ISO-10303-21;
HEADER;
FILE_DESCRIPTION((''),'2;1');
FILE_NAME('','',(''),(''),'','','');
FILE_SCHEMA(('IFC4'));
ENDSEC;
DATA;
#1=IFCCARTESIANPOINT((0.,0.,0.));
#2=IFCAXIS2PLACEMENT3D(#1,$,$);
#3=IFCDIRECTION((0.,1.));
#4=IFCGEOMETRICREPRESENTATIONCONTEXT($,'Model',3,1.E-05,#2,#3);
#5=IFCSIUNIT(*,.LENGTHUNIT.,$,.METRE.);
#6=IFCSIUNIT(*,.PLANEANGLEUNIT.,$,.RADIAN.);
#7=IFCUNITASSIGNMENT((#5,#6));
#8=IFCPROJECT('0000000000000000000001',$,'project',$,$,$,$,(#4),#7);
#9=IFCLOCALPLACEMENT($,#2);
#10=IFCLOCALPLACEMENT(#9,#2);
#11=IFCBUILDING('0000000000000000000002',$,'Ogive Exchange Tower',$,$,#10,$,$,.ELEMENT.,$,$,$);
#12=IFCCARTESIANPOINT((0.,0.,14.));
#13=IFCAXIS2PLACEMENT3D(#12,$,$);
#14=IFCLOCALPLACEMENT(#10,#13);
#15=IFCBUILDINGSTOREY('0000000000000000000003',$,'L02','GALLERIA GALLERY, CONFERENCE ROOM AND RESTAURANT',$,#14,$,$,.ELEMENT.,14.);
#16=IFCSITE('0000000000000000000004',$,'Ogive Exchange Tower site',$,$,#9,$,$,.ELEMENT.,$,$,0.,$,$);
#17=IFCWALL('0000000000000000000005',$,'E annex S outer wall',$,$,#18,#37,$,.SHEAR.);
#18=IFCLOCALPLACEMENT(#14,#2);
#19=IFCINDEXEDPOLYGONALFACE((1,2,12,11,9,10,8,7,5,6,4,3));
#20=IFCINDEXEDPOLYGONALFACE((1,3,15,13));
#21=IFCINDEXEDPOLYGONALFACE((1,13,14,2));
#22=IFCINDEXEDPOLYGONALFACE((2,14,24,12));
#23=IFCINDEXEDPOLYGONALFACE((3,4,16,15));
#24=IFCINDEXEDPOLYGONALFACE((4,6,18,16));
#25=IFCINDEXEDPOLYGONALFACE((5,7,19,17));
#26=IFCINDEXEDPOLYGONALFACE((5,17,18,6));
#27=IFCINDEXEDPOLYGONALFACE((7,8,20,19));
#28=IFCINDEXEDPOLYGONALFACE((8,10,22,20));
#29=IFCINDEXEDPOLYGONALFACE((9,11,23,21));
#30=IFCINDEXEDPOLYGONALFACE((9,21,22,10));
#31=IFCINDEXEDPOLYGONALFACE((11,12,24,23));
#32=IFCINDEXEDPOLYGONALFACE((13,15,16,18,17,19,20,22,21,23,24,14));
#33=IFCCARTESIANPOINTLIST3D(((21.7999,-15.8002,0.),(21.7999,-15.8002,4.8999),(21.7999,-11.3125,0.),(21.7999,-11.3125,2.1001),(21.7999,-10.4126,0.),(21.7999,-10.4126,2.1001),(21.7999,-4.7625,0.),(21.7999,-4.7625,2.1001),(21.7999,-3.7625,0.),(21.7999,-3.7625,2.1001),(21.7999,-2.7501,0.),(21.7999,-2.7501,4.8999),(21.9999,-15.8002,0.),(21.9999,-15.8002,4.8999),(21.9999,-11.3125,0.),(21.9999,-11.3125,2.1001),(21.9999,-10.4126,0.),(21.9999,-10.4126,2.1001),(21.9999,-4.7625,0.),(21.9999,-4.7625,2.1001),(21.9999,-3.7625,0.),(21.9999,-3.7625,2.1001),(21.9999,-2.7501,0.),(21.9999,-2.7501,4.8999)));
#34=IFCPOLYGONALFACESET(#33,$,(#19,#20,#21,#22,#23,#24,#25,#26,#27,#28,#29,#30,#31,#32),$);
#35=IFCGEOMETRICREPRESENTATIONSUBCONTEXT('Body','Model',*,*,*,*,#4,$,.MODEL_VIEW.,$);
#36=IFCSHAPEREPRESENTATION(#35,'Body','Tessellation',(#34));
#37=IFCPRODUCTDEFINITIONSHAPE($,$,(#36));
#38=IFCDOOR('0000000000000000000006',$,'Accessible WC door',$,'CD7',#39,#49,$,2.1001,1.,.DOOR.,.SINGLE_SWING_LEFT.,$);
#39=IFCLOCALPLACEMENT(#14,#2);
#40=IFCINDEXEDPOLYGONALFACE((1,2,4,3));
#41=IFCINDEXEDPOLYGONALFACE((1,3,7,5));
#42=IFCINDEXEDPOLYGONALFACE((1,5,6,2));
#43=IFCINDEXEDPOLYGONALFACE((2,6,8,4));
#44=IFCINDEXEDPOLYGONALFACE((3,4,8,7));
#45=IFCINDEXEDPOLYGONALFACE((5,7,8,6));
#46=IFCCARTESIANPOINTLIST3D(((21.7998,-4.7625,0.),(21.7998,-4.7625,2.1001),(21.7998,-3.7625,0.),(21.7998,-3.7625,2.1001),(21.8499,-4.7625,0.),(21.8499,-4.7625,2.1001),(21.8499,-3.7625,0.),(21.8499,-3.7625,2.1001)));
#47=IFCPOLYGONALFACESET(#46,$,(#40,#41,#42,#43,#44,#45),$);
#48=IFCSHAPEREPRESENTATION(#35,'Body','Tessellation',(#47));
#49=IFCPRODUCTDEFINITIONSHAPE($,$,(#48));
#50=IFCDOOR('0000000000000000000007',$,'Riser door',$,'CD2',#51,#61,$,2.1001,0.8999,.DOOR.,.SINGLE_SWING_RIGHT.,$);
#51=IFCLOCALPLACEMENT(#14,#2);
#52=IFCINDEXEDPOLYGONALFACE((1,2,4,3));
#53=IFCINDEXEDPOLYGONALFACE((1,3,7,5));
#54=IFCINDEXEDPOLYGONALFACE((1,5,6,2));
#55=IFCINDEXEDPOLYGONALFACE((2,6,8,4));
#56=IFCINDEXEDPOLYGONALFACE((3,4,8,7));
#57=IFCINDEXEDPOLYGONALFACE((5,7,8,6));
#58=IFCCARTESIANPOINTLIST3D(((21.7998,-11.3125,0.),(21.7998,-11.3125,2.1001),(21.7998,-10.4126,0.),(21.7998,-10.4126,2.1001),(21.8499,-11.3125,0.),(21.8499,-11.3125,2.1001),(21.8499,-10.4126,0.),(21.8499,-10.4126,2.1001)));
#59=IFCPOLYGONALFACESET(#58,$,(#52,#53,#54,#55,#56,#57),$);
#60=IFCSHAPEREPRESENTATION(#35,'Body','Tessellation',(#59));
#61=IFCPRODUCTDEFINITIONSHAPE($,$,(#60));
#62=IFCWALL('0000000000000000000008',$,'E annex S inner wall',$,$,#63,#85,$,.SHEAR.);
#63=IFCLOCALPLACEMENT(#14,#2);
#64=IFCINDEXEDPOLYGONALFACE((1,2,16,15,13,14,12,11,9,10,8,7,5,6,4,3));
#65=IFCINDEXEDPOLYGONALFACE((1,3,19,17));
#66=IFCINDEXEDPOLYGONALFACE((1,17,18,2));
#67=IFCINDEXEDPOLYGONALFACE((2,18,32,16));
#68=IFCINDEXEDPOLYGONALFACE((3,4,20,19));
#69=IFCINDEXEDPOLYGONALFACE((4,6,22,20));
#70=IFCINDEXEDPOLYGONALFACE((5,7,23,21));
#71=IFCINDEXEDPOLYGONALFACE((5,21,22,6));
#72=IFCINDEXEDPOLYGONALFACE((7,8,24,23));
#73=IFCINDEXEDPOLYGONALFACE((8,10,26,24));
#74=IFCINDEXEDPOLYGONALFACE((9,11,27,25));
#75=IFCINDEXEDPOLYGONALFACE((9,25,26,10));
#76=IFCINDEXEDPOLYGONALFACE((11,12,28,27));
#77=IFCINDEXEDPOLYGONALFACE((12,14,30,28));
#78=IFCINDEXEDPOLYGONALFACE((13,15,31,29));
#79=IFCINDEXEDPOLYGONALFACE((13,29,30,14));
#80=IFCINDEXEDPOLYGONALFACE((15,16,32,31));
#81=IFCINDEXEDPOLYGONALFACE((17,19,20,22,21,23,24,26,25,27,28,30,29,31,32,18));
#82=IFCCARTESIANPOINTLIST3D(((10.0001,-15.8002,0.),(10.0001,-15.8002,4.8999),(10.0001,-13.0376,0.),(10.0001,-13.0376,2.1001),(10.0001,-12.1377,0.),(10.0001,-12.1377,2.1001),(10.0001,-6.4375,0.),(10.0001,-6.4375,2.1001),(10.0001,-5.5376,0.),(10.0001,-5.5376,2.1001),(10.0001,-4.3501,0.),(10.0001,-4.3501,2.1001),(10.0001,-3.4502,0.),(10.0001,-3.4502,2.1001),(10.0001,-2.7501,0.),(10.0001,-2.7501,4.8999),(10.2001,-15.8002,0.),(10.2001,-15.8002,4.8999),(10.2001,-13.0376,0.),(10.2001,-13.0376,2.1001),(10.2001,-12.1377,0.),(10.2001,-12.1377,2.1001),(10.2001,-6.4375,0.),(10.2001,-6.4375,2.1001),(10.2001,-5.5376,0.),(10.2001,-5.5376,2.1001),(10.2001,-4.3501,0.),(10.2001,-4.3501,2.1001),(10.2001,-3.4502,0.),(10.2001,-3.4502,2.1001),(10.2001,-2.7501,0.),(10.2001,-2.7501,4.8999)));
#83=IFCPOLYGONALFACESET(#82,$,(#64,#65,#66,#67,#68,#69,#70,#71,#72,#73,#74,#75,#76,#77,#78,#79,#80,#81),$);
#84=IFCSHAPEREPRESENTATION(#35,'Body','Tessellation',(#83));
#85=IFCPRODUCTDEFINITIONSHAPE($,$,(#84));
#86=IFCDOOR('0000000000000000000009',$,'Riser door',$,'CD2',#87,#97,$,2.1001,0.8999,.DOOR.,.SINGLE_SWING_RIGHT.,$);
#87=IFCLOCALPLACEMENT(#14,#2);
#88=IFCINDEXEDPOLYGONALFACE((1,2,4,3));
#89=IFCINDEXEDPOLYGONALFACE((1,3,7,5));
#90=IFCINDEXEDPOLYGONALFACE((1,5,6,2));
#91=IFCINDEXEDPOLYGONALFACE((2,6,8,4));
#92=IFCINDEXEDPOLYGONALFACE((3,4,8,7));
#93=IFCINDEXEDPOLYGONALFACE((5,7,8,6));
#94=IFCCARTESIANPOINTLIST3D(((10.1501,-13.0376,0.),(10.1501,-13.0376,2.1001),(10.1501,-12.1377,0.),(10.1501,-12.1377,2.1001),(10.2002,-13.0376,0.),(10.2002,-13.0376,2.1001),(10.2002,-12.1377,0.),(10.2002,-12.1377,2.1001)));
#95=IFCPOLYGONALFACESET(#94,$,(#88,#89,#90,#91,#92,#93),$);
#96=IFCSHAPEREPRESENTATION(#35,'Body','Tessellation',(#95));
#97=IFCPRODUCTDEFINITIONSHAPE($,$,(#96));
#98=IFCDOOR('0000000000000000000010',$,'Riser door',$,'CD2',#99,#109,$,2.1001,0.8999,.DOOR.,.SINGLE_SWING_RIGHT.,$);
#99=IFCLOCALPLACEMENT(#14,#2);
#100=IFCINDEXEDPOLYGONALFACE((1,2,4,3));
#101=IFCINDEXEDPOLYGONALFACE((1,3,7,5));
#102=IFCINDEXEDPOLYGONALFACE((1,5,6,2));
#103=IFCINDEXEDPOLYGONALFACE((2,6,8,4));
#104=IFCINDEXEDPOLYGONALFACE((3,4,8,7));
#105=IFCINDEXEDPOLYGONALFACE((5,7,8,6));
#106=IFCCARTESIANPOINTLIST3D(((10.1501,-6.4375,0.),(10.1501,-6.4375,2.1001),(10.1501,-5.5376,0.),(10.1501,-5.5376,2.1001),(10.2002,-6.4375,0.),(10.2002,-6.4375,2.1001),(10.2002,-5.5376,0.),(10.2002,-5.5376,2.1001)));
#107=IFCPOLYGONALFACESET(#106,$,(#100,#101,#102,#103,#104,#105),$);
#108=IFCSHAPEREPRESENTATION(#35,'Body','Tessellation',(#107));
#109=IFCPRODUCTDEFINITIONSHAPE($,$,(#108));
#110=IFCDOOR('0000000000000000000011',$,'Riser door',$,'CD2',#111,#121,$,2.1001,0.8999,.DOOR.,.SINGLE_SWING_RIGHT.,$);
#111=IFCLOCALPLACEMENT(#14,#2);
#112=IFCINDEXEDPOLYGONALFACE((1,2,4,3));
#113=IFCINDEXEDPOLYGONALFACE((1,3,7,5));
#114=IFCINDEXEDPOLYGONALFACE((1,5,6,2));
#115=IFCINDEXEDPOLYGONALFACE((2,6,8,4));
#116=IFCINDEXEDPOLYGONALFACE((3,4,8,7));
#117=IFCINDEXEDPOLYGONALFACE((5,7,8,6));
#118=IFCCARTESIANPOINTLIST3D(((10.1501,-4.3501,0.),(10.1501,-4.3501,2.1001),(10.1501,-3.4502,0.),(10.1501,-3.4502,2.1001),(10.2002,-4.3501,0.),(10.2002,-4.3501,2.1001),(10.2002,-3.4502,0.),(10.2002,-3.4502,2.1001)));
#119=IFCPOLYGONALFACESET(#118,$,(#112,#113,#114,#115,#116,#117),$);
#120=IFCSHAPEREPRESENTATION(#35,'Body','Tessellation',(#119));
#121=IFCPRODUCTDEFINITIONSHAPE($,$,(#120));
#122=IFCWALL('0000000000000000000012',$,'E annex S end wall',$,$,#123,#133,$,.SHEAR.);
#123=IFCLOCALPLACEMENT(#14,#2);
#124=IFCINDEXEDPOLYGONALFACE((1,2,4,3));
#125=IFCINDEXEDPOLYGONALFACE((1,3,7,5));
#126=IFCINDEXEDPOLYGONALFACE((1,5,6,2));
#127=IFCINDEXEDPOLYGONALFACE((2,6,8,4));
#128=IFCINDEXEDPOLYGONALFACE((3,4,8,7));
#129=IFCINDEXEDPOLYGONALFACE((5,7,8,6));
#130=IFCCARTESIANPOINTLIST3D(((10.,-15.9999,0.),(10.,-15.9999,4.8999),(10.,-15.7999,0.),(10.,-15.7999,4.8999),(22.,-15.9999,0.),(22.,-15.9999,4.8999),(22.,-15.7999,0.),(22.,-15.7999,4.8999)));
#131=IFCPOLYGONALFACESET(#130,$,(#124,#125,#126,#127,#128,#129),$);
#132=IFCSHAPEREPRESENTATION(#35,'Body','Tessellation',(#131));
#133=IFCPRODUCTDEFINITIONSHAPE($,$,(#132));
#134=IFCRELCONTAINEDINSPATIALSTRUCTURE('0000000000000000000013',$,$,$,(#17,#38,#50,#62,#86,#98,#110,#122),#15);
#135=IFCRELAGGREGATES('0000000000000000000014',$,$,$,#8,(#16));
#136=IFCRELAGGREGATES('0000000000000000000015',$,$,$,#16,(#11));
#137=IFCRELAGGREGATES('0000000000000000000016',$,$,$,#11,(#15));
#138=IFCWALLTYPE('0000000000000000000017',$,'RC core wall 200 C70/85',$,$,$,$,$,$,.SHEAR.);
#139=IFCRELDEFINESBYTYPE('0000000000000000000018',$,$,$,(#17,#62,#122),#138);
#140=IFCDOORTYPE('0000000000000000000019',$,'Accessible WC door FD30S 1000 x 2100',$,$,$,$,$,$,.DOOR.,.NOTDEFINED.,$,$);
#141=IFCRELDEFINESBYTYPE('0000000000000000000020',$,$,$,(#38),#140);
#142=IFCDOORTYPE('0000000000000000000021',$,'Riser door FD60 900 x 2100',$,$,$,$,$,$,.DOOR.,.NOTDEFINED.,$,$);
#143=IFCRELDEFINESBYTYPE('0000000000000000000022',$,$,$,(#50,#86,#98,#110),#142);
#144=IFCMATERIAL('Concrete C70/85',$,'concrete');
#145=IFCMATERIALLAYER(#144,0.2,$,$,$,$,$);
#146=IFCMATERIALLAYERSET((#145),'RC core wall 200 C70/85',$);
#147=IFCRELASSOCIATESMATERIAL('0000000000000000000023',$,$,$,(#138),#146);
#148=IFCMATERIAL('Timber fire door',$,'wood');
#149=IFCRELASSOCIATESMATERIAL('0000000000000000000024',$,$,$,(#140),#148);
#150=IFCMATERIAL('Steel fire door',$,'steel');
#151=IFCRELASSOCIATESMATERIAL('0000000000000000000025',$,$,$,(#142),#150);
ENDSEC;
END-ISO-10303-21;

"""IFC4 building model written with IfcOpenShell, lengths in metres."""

from ifc_helpers import new_model, si_unit, direction, frame, frame_2d, origin, place, context, subcontext, project, spatial, rectangle, extrude, material, layer, layer_set, type_object, element, fill, save


model = new_model("IFC4")

# Units and contexts
model_context = context("Model", 3, precision=1e-05, world=origin(), true_north=direction((0.0, 1.0)))
body_context = subcontext(model_context, "Body", "Model", "MODEL_VIEW")
ifc_project = project(units=[si_unit("LENGTHUNIT", "METRE"), si_unit("PLANEANGLEUNIT", "RADIAN")], contexts=[model_context])

# Site, building, storey
site_placement = place(None, origin())
site = spatial("IfcSite", under=ifc_project, at=site_placement, Name="Ogive Exchange Tower site", CompositionType="ELEMENT", RefElevation=0.0)
building_placement = place(site_placement, origin())
building = spatial("IfcBuilding", under=site, at=building_placement, Name="Ogive Exchange Tower", CompositionType="ELEMENT")
storey_placement = place(building_placement, frame((0.0, 0.0, 14.0)))
storey = spatial("IfcBuildingStorey", under=building, at=storey_placement, Name="L02", Description="GALLERIA GALLERY, CONFERENCE ROOM AND RESTAURANT", CompositionType="ELEMENT", Elevation=14.0)

# Shared definitions
ifc_material_1 = material(Name="Timber fire door", Category="wood")

# Walls, openings, doors
ifc_material_2 = material(Name="Concrete C70/85", Category="concrete")
ifc_layer_1 = layer(ifc_material_2, 0.2)
ifc_layer_set_1 = layer_set([ifc_layer_1], Name="RC core wall 200 C70/85")
wall_type_1 = type_object("IfcWallType", Name="RC core wall 200 C70/85", PredefinedType="SHEAR", material=ifc_layer_set_1)
wall_1_placement = place(storey_placement, frame((21.8999, -15.8, 0.0), z_axis=(0.0, 0.0, 1.0), x_axis=(0.0, 1.0, 0.0)))
wall_1 = element("IfcWall", 1, at=wall_1_placement, inside=storey, type_object=wall_type_1, Name="E annex S outer wall", PredefinedType="SHEAR", context=body_context, shape_type="SweptSolid", body=[
    extrude(rectangle(XDim=13.05, YDim=0.2, at=frame_2d((6.5249, 0.0))), origin(), (0.0, 0.0, 1.0), 4.8999),
])
opening_1_placement = place(wall_1_placement, frame((4.4875, 0.0, 0.0)))
opening_1 = element("IfcOpeningElement", 2, at=opening_1_placement, cuts=wall_1, PredefinedType="OPENING", context=body_context, shape_type="SweptSolid", body=[
    extrude(rectangle(XDim=0.8999, YDim=2.1001, at=frame_2d((0.45, 1.05))), frame((0.0, 0.1099, 0.0), z_axis=(0.0, -1.0, 0.0), x_axis=(1.0, 0.0, 0.0)), (0.0, 0.0, 1.0), 0.22),
])
opening_2_placement = place(wall_1_placement, frame((11.0376, 0.0, 0.0)))
opening_2 = element("IfcOpeningElement", 3, at=opening_2_placement, cuts=wall_1, PredefinedType="OPENING", context=body_context, shape_type="SweptSolid", body=[
    extrude(rectangle(XDim=1.0, YDim=2.1001, at=frame_2d((0.5, 1.05))), frame((0.0, 0.1099, 0.0), z_axis=(0.0, -1.0, 0.0), x_axis=(1.0, 0.0, 0.0)), (0.0, 0.0, 1.0), 0.22),
])
door_type_1 = type_object("IfcDoorType", Name="Accessible WC door FD30S 1000 x 2100", OperationType="NOTDEFINED", PredefinedType="DOOR", material=ifc_material_1)
door_1_placement = place(opening_2_placement, origin())
door_1 = element("IfcDoor", 4, at=door_1_placement, inside=storey, type_object=door_type_1, Name="Accessible WC door", ObjectType="CD7", OperationType="SINGLE_SWING_LEFT", OverallHeight=2.1001, OverallWidth=1.0, PredefinedType="DOOR", context=body_context, shape_type="SweptSolid", body=[
    extrude(rectangle(XDim=1.0, YDim=2.1001, at=frame_2d((0.5, 1.05))), frame((0.0, 0.1001, 0.0), z_axis=(0.0, -1.0, 0.0), x_axis=(1.0, 0.0, 0.0)), (0.0, 0.0, 1.0), 0.05),
])
fill(opening_2, door_1)
ifc_material_3 = material(Name="Steel fire door", Category="steel")
door_type_2 = type_object("IfcDoorType", Name="Riser door FD60 900 x 2100", OperationType="NOTDEFINED", PredefinedType="DOOR", material=ifc_material_3)
door_2_placement = place(opening_1_placement, origin())
door_2 = element("IfcDoor", 5, at=door_2_placement, inside=storey, type_object=door_type_2, Name="Riser door", ObjectType="CD2", OperationType="SINGLE_SWING_RIGHT", OverallHeight=2.1001, OverallWidth=0.8999, PredefinedType="DOOR", context=body_context, shape_type="SweptSolid", body=[
    extrude(rectangle(XDim=0.8999, YDim=2.1001, at=frame_2d((0.45, 1.05))), frame((0.0, 0.1001, 0.0), z_axis=(0.0, -1.0, 0.0), x_axis=(1.0, 0.0, 0.0)), (0.0, 0.0, 1.0), 0.05),
])
fill(opening_1, door_2)
wall_2_placement = place(storey_placement, frame((10.1001, -15.8, 0.0), z_axis=(0.0, 0.0, 1.0), x_axis=(0.0, 1.0, 0.0)))
wall_2 = element("IfcWall", 6, at=wall_2_placement, inside=storey, type_object=wall_type_1, Name="E annex S inner wall", PredefinedType="SHEAR", context=body_context, shape_type="SweptSolid", body=[
    extrude(rectangle(XDim=13.05, YDim=0.2, at=frame_2d((6.5249, 0.0))), origin(), (0.0, 0.0, 1.0), 4.8999),
])
opening_3_placement = place(wall_2_placement, frame((2.7625, 0.0, 0.0)))
opening_3 = element("IfcOpeningElement", 7, at=opening_3_placement, cuts=wall_2, PredefinedType="OPENING", context=body_context, shape_type="SweptSolid", body=[
    extrude(rectangle(XDim=0.8999, YDim=2.1001, at=frame_2d((0.45, 1.05))), frame((0.0, 0.1099, 0.0), z_axis=(0.0, -1.0, 0.0), x_axis=(1.0, 0.0, 0.0)), (0.0, 0.0, 1.0), 0.22),
])
opening_4_placement = place(wall_2_placement, frame((9.3625, 0.0, 0.0)))
opening_4 = element("IfcOpeningElement", 8, at=opening_4_placement, cuts=wall_2, PredefinedType="OPENING", context=body_context, shape_type="SweptSolid", body=[
    extrude(rectangle(XDim=0.8999, YDim=2.1001, at=frame_2d((0.45, 1.05))), frame((0.0, 0.1099, 0.0), z_axis=(0.0, -1.0, 0.0), x_axis=(1.0, 0.0, 0.0)), (0.0, 0.0, 1.0), 0.22),
])
opening_5_placement = place(wall_2_placement, frame((11.45, 0.0, 0.0)))
opening_5 = element("IfcOpeningElement", 9, at=opening_5_placement, cuts=wall_2, PredefinedType="OPENING", context=body_context, shape_type="SweptSolid", body=[
    extrude(rectangle(XDim=0.8999, YDim=2.1001, at=frame_2d((0.45, 1.05))), frame((0.0, 0.1099, 0.0), z_axis=(0.0, -1.0, 0.0), x_axis=(1.0, 0.0, 0.0)), (0.0, 0.0, 1.0), 0.22),
])
door_3_placement = place(opening_3_placement, frame((0.8999, -0.1499, 0.0), z_axis=(0.0, 0.0, 1.0), x_axis=(-1.0, 0.0, 0.0)))
door_3 = element("IfcDoor", 10, at=door_3_placement, inside=storey, type_object=door_type_2, Name="Riser door", ObjectType="CD2", OperationType="SINGLE_SWING_RIGHT", OverallHeight=2.1001, OverallWidth=0.8999, PredefinedType="DOOR", context=body_context, shape_type="SweptSolid", body=[
    extrude(rectangle(XDim=0.8999, YDim=2.1001, at=frame_2d((0.45, 1.05))), frame((0.0, -0.0498, 0.0), z_axis=(0.0, -1.0, 0.0), x_axis=(1.0, 0.0, 0.0)), (0.0, 0.0, 1.0), 0.05),
])
fill(opening_3, door_3)
door_4_placement = place(opening_4_placement, frame((0.8999, -0.1499, 0.0), z_axis=(0.0, 0.0, 1.0), x_axis=(-1.0, 0.0, 0.0)))
door_4 = element("IfcDoor", 11, at=door_4_placement, inside=storey, type_object=door_type_2, Name="Riser door", ObjectType="CD2", OperationType="SINGLE_SWING_RIGHT", OverallHeight=2.1001, OverallWidth=0.8999, PredefinedType="DOOR", context=body_context, shape_type="SweptSolid", body=[
    extrude(rectangle(XDim=0.8999, YDim=2.1001, at=frame_2d((0.45, 1.05))), frame((0.0, -0.0498, 0.0), z_axis=(0.0, -1.0, 0.0), x_axis=(1.0, 0.0, 0.0)), (0.0, 0.0, 1.0), 0.05),
])
fill(opening_4, door_4)
door_5_placement = place(opening_5_placement, frame((0.8999, -0.1499, 0.0), z_axis=(0.0, 0.0, 1.0), x_axis=(-1.0, 0.0, 0.0)))
door_5 = element("IfcDoor", 12, at=door_5_placement, inside=storey, type_object=door_type_2, Name="Riser door", ObjectType="CD2", OperationType="SINGLE_SWING_RIGHT", OverallHeight=2.1001, OverallWidth=0.8999, PredefinedType="DOOR", context=body_context, shape_type="SweptSolid", body=[
    extrude(rectangle(XDim=0.8999, YDim=2.1001, at=frame_2d((0.45, 1.05))), frame((0.0, -0.0498, 0.0), z_axis=(0.0, -1.0, 0.0), x_axis=(1.0, 0.0, 0.0)), (0.0, 0.0, 1.0), 0.05),
])
fill(opening_5, door_5)

# Wall
wall_3_placement = place(storey_placement, frame((10.0, -15.8999, 0.0), z_axis=(0.0, 0.0, 1.0), x_axis=(1.0, 0.0, 0.0)))
element("IfcWall", 13, at=wall_3_placement, inside=storey, type_object=wall_type_1, Name="E annex S end wall", PredefinedType="SHEAR", context=body_context, shape_type="SweptSolid", body=[
    extrude(rectangle(XDim=12.0, YDim=0.2, at=frame_2d((6.0, 0.0))), origin(), (0.0, 0.0, 1.0), 4.8999),
])

save(model, "model.ifc")
